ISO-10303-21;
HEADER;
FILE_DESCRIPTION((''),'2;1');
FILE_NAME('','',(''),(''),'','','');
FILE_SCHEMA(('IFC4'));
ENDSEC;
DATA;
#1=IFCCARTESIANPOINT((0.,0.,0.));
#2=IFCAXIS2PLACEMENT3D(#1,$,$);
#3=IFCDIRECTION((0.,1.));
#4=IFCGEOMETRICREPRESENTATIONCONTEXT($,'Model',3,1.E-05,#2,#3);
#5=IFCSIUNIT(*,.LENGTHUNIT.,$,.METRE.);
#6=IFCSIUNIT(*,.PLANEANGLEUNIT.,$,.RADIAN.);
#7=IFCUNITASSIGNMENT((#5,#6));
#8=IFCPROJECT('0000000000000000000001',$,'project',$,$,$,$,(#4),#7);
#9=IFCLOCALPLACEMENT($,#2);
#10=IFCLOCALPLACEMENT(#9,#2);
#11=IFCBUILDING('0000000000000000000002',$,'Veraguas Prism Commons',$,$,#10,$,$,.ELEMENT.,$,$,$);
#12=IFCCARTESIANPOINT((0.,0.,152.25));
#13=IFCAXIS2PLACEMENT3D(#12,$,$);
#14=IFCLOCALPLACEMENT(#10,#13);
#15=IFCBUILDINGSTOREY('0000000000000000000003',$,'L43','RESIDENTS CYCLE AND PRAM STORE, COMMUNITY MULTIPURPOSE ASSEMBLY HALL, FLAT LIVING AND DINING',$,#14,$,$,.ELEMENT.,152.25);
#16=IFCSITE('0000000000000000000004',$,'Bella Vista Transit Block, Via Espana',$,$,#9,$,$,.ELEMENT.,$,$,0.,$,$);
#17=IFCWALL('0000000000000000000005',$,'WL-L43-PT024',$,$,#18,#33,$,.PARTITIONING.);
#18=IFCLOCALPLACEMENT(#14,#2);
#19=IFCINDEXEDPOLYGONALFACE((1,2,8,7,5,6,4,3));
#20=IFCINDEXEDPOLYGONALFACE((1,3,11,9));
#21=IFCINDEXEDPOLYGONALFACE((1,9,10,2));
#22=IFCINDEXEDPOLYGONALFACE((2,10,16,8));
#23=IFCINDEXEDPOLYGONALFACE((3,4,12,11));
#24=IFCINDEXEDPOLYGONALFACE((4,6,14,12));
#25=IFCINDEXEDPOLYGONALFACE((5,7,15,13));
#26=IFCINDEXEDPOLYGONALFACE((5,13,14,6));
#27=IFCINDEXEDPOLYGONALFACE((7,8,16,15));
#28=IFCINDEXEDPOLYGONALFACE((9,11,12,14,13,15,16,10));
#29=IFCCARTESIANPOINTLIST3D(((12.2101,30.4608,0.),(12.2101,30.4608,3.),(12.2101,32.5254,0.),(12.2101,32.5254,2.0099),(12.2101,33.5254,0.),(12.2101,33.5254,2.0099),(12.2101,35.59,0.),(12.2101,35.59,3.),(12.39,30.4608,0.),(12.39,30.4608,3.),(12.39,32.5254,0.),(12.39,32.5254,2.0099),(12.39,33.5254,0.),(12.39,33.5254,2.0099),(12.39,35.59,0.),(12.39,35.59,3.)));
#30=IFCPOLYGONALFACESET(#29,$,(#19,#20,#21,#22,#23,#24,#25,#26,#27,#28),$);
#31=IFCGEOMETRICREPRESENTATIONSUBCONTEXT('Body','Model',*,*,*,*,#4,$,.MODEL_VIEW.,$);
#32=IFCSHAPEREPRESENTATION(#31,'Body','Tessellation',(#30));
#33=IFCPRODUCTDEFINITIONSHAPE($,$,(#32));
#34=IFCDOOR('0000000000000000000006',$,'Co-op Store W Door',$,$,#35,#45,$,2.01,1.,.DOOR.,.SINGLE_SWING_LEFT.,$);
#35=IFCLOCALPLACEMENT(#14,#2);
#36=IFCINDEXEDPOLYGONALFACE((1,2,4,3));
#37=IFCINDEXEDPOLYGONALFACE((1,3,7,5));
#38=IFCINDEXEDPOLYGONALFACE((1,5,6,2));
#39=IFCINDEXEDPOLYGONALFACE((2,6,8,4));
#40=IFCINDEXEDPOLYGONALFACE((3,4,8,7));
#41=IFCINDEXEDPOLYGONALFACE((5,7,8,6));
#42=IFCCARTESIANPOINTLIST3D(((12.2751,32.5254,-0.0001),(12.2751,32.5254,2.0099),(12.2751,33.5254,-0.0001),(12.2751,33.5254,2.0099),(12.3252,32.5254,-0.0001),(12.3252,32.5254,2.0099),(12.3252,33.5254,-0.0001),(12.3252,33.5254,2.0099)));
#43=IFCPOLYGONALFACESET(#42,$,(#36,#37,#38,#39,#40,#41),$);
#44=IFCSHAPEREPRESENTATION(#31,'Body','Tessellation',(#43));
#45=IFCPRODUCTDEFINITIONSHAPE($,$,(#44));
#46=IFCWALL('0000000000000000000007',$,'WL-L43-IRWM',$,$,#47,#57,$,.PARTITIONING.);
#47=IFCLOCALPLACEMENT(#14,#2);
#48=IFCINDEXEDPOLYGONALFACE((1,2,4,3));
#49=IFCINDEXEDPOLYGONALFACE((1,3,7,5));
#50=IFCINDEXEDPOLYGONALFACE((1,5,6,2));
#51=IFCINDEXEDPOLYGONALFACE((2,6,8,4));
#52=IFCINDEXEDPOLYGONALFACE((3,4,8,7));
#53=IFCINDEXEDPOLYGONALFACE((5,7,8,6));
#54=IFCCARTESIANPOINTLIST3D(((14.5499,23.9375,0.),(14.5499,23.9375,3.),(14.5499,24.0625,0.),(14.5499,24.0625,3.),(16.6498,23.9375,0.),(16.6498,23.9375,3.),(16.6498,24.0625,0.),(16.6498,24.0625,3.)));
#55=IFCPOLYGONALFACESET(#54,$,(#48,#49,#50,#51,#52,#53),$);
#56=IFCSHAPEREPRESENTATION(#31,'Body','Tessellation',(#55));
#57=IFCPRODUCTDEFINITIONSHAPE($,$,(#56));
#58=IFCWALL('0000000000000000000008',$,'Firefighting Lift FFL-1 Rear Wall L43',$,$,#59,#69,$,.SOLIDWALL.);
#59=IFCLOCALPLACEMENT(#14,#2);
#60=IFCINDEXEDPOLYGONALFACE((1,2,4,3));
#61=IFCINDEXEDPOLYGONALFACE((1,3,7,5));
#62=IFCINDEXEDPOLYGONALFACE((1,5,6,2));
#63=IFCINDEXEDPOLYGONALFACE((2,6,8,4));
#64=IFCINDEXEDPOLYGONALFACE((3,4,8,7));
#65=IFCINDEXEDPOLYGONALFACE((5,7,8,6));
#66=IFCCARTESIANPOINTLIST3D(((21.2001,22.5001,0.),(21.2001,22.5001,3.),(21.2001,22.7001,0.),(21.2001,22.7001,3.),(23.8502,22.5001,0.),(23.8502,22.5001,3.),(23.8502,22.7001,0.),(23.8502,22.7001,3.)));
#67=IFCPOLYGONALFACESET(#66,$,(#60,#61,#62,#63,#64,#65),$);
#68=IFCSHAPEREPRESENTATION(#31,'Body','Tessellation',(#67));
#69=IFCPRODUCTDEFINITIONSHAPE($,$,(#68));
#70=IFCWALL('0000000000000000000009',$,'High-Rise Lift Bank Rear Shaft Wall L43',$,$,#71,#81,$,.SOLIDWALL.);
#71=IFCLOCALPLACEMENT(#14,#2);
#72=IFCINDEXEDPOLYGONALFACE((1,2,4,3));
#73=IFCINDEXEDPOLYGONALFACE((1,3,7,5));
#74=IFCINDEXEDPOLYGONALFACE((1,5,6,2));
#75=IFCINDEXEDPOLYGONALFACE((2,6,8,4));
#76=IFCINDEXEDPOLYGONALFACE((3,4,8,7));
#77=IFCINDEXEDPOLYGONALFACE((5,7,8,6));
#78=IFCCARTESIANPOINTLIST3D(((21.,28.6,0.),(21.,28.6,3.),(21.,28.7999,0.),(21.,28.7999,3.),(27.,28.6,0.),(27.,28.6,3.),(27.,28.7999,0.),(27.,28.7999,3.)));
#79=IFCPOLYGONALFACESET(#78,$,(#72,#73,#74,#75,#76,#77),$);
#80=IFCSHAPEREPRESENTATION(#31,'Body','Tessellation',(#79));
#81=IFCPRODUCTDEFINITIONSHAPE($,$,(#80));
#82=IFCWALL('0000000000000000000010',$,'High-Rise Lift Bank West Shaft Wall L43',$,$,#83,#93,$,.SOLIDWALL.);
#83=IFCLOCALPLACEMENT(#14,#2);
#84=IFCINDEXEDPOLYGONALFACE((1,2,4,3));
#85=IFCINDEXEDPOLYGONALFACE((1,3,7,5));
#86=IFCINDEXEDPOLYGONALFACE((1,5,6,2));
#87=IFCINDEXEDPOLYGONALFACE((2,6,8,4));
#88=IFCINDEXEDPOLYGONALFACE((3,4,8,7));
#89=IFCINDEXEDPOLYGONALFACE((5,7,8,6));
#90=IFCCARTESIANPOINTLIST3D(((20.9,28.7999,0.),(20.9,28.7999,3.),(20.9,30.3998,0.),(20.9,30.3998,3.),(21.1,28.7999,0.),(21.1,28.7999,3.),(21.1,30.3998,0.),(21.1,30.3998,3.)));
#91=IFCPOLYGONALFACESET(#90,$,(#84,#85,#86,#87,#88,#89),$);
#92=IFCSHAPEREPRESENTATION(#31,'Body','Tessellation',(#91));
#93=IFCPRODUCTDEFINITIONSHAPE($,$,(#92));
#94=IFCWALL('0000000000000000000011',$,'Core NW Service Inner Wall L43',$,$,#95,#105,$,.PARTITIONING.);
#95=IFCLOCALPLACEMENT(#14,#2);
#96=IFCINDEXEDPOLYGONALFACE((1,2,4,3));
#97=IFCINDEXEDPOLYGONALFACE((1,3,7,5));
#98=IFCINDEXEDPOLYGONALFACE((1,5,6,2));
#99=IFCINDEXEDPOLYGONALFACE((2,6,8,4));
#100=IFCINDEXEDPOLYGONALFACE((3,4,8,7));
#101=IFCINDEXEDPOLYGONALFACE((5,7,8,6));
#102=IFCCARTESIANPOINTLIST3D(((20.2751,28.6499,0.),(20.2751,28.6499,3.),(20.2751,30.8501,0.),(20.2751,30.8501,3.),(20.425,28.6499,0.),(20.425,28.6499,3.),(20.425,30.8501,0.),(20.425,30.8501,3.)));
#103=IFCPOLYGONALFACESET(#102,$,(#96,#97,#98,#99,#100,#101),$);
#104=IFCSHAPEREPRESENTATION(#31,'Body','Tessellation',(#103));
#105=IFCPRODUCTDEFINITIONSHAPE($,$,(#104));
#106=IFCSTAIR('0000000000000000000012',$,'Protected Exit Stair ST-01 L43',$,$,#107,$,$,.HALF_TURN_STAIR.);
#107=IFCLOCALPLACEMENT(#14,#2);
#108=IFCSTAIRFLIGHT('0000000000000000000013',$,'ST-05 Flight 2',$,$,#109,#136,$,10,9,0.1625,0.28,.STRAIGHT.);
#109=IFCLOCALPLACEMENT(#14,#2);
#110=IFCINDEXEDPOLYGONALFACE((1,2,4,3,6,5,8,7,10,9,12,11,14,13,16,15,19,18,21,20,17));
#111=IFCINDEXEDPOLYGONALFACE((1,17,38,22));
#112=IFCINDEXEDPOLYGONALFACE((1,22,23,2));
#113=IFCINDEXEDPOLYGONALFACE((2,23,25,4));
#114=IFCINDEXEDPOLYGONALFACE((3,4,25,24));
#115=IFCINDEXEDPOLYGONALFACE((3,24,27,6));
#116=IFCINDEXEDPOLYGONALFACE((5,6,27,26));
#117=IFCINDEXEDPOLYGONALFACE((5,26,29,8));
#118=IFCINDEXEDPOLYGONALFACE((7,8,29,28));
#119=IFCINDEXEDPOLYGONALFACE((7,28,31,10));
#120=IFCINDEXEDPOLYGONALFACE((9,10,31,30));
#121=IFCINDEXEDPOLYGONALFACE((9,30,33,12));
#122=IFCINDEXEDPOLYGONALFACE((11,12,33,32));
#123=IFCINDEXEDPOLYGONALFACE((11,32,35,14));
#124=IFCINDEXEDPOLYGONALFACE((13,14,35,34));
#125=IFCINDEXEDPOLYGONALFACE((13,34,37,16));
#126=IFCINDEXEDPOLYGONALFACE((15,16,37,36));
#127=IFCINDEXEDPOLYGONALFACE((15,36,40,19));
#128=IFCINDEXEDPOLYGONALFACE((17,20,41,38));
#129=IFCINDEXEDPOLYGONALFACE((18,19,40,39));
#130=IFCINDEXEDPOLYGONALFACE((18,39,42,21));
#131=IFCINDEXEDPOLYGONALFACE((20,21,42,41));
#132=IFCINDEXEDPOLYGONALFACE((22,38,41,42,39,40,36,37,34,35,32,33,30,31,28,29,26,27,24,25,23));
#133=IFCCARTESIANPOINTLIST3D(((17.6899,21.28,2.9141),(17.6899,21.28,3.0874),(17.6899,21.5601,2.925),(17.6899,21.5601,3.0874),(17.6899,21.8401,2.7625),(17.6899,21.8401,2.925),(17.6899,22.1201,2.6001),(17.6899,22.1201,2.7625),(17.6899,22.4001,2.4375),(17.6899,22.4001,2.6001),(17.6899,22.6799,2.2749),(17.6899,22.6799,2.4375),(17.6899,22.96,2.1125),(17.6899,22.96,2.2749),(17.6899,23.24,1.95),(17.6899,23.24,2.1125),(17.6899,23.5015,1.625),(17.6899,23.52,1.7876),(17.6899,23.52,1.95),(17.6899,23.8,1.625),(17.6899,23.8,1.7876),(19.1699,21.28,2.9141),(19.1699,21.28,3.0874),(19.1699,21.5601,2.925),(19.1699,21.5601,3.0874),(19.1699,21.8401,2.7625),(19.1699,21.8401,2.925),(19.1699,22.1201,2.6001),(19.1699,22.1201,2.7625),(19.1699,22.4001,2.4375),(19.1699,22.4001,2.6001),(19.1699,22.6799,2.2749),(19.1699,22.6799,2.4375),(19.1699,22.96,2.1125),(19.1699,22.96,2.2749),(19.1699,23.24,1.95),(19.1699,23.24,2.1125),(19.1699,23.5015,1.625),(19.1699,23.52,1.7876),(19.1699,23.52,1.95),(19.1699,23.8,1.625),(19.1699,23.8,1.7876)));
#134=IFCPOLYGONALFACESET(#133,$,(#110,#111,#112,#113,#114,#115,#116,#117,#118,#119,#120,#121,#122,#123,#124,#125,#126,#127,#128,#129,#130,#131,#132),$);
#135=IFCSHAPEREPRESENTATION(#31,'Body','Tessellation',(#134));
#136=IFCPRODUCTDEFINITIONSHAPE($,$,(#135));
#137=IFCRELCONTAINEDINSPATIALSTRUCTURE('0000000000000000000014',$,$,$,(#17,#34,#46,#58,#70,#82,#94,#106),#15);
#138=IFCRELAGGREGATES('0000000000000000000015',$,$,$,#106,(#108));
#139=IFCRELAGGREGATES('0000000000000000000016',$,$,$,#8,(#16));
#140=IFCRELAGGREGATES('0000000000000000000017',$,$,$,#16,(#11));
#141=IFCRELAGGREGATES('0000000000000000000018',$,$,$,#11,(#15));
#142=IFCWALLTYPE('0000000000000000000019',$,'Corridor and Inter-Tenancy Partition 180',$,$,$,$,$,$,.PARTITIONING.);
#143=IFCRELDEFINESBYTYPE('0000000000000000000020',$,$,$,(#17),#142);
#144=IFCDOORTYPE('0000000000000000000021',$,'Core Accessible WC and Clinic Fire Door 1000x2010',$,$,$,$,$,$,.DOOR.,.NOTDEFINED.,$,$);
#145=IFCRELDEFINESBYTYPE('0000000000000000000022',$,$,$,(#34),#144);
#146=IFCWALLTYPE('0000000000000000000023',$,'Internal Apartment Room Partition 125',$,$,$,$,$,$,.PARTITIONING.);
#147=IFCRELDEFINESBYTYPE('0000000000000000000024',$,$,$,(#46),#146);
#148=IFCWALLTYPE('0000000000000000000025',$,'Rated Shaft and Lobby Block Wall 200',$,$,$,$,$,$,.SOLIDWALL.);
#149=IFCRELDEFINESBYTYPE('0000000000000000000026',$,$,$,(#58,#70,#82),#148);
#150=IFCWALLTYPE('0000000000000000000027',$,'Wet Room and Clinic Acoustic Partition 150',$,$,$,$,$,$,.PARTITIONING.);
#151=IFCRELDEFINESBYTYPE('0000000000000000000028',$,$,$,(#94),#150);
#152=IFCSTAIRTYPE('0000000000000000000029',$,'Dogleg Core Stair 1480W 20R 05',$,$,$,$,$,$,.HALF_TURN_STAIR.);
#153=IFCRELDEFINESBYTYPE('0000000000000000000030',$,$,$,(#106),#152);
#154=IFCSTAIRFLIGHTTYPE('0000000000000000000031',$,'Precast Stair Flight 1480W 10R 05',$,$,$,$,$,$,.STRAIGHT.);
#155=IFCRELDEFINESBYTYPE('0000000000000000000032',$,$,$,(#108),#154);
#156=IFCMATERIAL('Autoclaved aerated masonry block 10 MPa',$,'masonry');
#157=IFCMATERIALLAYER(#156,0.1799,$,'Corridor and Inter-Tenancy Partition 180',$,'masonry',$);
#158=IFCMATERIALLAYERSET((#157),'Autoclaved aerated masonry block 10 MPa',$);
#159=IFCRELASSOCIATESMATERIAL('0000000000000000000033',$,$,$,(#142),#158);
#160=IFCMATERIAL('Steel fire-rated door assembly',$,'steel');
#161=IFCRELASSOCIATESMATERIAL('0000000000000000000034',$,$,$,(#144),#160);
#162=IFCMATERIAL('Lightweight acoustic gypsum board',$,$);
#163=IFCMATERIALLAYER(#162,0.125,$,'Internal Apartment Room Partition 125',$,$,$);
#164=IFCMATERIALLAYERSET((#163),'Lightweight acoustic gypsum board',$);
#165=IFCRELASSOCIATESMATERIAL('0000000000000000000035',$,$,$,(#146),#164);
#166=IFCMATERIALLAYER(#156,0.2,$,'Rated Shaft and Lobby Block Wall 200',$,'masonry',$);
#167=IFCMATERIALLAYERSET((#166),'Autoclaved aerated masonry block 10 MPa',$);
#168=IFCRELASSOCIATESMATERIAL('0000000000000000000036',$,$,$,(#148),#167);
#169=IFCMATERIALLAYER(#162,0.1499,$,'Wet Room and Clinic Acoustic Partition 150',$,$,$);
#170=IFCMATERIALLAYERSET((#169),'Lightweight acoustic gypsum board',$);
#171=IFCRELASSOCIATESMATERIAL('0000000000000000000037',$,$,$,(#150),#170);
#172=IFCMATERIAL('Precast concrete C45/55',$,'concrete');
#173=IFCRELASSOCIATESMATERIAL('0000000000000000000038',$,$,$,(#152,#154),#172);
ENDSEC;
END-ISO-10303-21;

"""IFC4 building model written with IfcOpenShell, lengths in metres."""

from ifc_helpers import new_model, si_unit, direction, frame, frame_2d, origin, place, context, subcontext, project, spatial, polyline, rectangle, outline, extrude, source, transform, mapped, material, layer, layer_set, type_object, element, fill, aggregate, save


model = new_model("IFC4")

# Units and contexts
model_context = context("Model", 3, precision=1e-05, world=origin(), true_north=direction((0.0, 1.0)))
body_context = subcontext(model_context, "Body", "Model", "MODEL_VIEW")
ifc_project = project(units=[si_unit("LENGTHUNIT", "METRE"), si_unit("PLANEANGLEUNIT", "RADIAN")], contexts=[model_context])

# Site, building, storey
site_placement = place(None, origin())
site = spatial("IfcSite", under=ifc_project, at=site_placement, Name="Bella Vista Transit Block, Via Espana", CompositionType="ELEMENT", RefElevation=0.0)
building_placement = place(site_placement, origin())
building = spatial("IfcBuilding", under=site, at=building_placement, Name="Veraguas Prism Commons", CompositionType="ELEMENT")
storey_placement = place(building_placement, frame((0.0, 0.0, 152.25)))
storey = spatial("IfcBuildingStorey", under=building, at=storey_placement, Name="L43", Description="RESIDENTS CYCLE AND PRAM STORE, COMMUNITY MULTIPURPOSE ASSEMBLY HALL, FLAT LIVING AND DINING", CompositionType="ELEMENT", Elevation=152.25)

# Wall, opening, door
ifc_material_1 = material(Name="Steel fire-rated door assembly", Category="steel")
ifc_material_2 = material(Name="Autoclaved aerated masonry block 10 MPa", Category="masonry")
ifc_layer_1 = layer(ifc_material_2, 0.1799, Name="Corridor and Inter-Tenancy Partition 180", Category="masonry")
ifc_layer_set_1 = layer_set([ifc_layer_1], Name="Autoclaved aerated masonry block 10 MPa")
wall_type_1 = type_object("IfcWallType", Name="Corridor and Inter-Tenancy Partition 180", PredefinedType="PARTITIONING", material=ifc_layer_set_1)
wall_1_placement = place(storey_placement, frame((12.3, 30.4609, 0.0), z_axis=(0.0, 0.0, 1.0), x_axis=(0.0, 1.0, 0.0)))
wall_1 = element("IfcWall", 1, at=wall_1_placement, inside=storey, type_object=wall_type_1, Name="WL-L43-PT024", PredefinedType="PARTITIONING", context=body_context, shape_type="SweptSolid", body=[
    extrude(rectangle(XDim=5.1292, YDim=0.1799, at=frame_2d((2.5645, 0.0))), origin(), (0.0, 0.0, 1.0), 3.0),
])
opening_1_placement = place(wall_1_placement, frame((2.0645, 0.0, 0.0)))
opening_1 = element("IfcOpeningElement", 2, at=opening_1_placement, cuts=wall_1, PredefinedType="OPENING", context=body_context, shape_type="SweptSolid", body=[
    extrude(rectangle(XDim=1.0, YDim=2.01, at=frame_2d((0.5, 1.0049))), frame((0.0, 0.0999, 0.0), z_axis=(0.0, -1.0, 0.0), x_axis=(1.0, 0.0, 0.0)), (0.0, 0.0, 1.0), 0.2),
])
door_type_1 = type_object("IfcDoorType", Name="Core Accessible WC and Clinic Fire Door 1000x2010", OperationType="NOTDEFINED", PredefinedType="DOOR", material=ifc_material_1)
shared_shape_1 = source(origin(), body_context, "Body", "SweptSolid", [
    extrude(rectangle(XDim=1.0, YDim=2.01, at=frame_2d((0.5, 1.0049))), frame((0.0, 0.0249, 0.0), z_axis=(0.0, -1.0, 0.0), x_axis=(1.0, 0.0, 0.0)), (0.0, 0.0, 1.0), 0.05),
])
door_1_placement = place(opening_1_placement, origin())
door_1 = element("IfcDoor", 3, at=door_1_placement, inside=storey, type_object=door_type_1, Name="Co-op Store W Door", OperationType="SINGLE_SWING_LEFT", OverallHeight=2.01, OverallWidth=1.0, PredefinedType="DOOR", context=body_context, shape_type="MappedRepresentation", body=[
    mapped(shared_shape_1, transform((0.0, 0.0, 0.0), scale=1.0)),
])
fill(opening_1, door_1)

# Walls
ifc_material_3 = material(Name="Lightweight acoustic gypsum board")
ifc_layer_2 = layer(ifc_material_3, 0.125, Name="Internal Apartment Room Partition 125")
ifc_layer_set_2 = layer_set([ifc_layer_2], Name="Lightweight acoustic gypsum board")
wall_type_2 = type_object("IfcWallType", Name="Internal Apartment Room Partition 125", PredefinedType="PARTITIONING", material=ifc_layer_set_2)
wall_2_placement = place(storey_placement, frame((14.55, 24.0, 0.0), z_axis=(0.0, 0.0, 1.0), x_axis=(1.0, 0.0, 0.0)))
element("IfcWall", 4, at=wall_2_placement, inside=storey, type_object=wall_type_2, Name="WL-L43-IRWM", PredefinedType="PARTITIONING", context=body_context, shape_type="SweptSolid", body=[
    extrude(rectangle(XDim=2.0999, YDim=0.125, at=frame_2d((1.0498, 0.0))), origin(), (0.0, 0.0, 1.0), 3.0),
])
ifc_layer_3 = layer(ifc_material_2, 0.2, Name="Rated Shaft and Lobby Block Wall 200", Category="masonry")
ifc_layer_set_3 = layer_set([ifc_layer_3], Name="Autoclaved aerated masonry block 10 MPa")
wall_type_3 = type_object("IfcWallType", Name="Rated Shaft and Lobby Block Wall 200", PredefinedType="SOLIDWALL", material=ifc_layer_set_3)
wall_3_placement = place(storey_placement, frame((21.2, 22.6001, 0.0), z_axis=(0.0, 0.0, 1.0), x_axis=(1.0, 0.0, 0.0)))
element("IfcWall", 5, at=wall_3_placement, inside=storey, type_object=wall_type_3, Name="Firefighting Lift FFL-1 Rear Wall L43", PredefinedType="SOLIDWALL", context=body_context, shape_type="SweptSolid", body=[
    extrude(rectangle(XDim=2.6501, YDim=0.2, at=frame_2d((1.3252, 0.0))), origin(), (0.0, 0.0, 1.0), 3.0),
])
wall_4_placement = place(storey_placement, frame((21.0, 28.7, 0.0), z_axis=(0.0, 0.0, 1.0), x_axis=(1.0, 0.0, 0.0)))
element("IfcWall", 6, at=wall_4_placement, inside=storey, type_object=wall_type_3, Name="High-Rise Lift Bank Rear Shaft Wall L43", PredefinedType="SOLIDWALL", context=body_context, shape_type="SweptSolid", body=[
    extrude(rectangle(XDim=6.0, YDim=0.2, at=frame_2d((3.0, 0.0))), origin(), (0.0, 0.0, 1.0), 3.0),
])
wall_5_placement = place(storey_placement, frame((21.0, 28.8, 0.0), z_axis=(0.0, 0.0, 1.0), x_axis=(0.0, 1.0, 0.0)))
element("IfcWall", 7, at=wall_5_placement, inside=storey, type_object=wall_type_3, Name="High-Rise Lift Bank West Shaft Wall L43", PredefinedType="SOLIDWALL", context=body_context, shape_type="SweptSolid", body=[
    extrude(rectangle(XDim=1.5999, YDim=0.2, at=frame_2d((0.7998, 0.0))), origin(), (0.0, 0.0, 1.0), 3.0),
])
ifc_layer_4 = layer(ifc_material_3, 0.1499, Name="Wet Room and Clinic Acoustic Partition 150")
ifc_layer_set_4 = layer_set([ifc_layer_4], Name="Lightweight acoustic gypsum board")
wall_type_4 = type_object("IfcWallType", Name="Wet Room and Clinic Acoustic Partition 150", PredefinedType="PARTITIONING", material=ifc_layer_set_4)
wall_6_placement = place(storey_placement, frame((20.3501, 28.6499, 0.0), z_axis=(0.0, 0.0, 1.0), x_axis=(0.0, 1.0, 0.0)))
element("IfcWall", 8, at=wall_6_placement, inside=storey, type_object=wall_type_4, Name="Core NW Service Inner Wall L43", PredefinedType="PARTITIONING", context=body_context, shape_type="SweptSolid", body=[
    extrude(rectangle(XDim=2.2002, YDim=0.1499, at=frame_2d((1.1001, 0.0))), origin(), (0.0, 0.0, 1.0), 3.0),
])

# Stair, stair flight
ifc_material_4 = material(Name="Precast concrete C45/55", Category="concrete")
stair_type = type_object("IfcStairType", Name="Dogleg Core Stair 1480W 20R 05", PredefinedType="HALF_TURN_STAIR", material=ifc_material_4)
stair_placement = place(storey_placement, origin())
stair = element("IfcStair", 9, at=stair_placement, inside=storey, type_object=stair_type, Name="Protected Exit Stair ST-01 L43", PredefinedType="HALF_TURN_STAIR")
stair_flight_type = type_object("IfcStairFlightType", Name="Precast Stair Flight 1480W 10R 05", PredefinedType="STRAIGHT", material=ifc_material_4)
stair_flight_placement = place(storey_placement, frame((18.4299, 23.8, 1.625), z_axis=(0.0, 0.0, 1.0), x_axis=(0.0, -1.0, 0.0)))
stair_flight = element("IfcStairFlight", 10, at=stair_flight_placement, type_object=stair_flight_type, Name="ST-05 Flight 2", NumberOfRisers=10, NumberOfTreads=9, PredefinedType="STRAIGHT", RiserHeight=0.1625, TreadLength=0.28, context=body_context, shape_type="SweptSolid", body=[
    extrude(outline(polyline([(0.0, 0.0), (0.0, 0.1626), (0.28, 0.1626), (0.28, 0.325), (0.5601, 0.325), (0.5601, 0.4875), (0.8401, 0.4875), (0.8401, 0.6499), (1.1201, 0.6499), (1.1201, 0.8125), (1.3999, 0.8125), (1.3999, 0.9751), (1.6799, 0.9751), (1.6799, 1.1375), (1.96, 1.1375), (1.96, 1.3), (2.24, 1.3), (2.24, 1.4624), (2.52, 1.4624), (2.52, 1.625), (2.52, 1.2891), (0.2986, 0.0), (0.0, 0.0)])), frame((0.0, 0.74, 0.0), z_axis=(0.0, -1.0, 0.0), x_axis=(1.0, 0.0, 0.0)), (0.0, 0.0, 1.0), 1.48),
])
aggregate(stair, [stair_flight])

save(model, "model.ifc")
